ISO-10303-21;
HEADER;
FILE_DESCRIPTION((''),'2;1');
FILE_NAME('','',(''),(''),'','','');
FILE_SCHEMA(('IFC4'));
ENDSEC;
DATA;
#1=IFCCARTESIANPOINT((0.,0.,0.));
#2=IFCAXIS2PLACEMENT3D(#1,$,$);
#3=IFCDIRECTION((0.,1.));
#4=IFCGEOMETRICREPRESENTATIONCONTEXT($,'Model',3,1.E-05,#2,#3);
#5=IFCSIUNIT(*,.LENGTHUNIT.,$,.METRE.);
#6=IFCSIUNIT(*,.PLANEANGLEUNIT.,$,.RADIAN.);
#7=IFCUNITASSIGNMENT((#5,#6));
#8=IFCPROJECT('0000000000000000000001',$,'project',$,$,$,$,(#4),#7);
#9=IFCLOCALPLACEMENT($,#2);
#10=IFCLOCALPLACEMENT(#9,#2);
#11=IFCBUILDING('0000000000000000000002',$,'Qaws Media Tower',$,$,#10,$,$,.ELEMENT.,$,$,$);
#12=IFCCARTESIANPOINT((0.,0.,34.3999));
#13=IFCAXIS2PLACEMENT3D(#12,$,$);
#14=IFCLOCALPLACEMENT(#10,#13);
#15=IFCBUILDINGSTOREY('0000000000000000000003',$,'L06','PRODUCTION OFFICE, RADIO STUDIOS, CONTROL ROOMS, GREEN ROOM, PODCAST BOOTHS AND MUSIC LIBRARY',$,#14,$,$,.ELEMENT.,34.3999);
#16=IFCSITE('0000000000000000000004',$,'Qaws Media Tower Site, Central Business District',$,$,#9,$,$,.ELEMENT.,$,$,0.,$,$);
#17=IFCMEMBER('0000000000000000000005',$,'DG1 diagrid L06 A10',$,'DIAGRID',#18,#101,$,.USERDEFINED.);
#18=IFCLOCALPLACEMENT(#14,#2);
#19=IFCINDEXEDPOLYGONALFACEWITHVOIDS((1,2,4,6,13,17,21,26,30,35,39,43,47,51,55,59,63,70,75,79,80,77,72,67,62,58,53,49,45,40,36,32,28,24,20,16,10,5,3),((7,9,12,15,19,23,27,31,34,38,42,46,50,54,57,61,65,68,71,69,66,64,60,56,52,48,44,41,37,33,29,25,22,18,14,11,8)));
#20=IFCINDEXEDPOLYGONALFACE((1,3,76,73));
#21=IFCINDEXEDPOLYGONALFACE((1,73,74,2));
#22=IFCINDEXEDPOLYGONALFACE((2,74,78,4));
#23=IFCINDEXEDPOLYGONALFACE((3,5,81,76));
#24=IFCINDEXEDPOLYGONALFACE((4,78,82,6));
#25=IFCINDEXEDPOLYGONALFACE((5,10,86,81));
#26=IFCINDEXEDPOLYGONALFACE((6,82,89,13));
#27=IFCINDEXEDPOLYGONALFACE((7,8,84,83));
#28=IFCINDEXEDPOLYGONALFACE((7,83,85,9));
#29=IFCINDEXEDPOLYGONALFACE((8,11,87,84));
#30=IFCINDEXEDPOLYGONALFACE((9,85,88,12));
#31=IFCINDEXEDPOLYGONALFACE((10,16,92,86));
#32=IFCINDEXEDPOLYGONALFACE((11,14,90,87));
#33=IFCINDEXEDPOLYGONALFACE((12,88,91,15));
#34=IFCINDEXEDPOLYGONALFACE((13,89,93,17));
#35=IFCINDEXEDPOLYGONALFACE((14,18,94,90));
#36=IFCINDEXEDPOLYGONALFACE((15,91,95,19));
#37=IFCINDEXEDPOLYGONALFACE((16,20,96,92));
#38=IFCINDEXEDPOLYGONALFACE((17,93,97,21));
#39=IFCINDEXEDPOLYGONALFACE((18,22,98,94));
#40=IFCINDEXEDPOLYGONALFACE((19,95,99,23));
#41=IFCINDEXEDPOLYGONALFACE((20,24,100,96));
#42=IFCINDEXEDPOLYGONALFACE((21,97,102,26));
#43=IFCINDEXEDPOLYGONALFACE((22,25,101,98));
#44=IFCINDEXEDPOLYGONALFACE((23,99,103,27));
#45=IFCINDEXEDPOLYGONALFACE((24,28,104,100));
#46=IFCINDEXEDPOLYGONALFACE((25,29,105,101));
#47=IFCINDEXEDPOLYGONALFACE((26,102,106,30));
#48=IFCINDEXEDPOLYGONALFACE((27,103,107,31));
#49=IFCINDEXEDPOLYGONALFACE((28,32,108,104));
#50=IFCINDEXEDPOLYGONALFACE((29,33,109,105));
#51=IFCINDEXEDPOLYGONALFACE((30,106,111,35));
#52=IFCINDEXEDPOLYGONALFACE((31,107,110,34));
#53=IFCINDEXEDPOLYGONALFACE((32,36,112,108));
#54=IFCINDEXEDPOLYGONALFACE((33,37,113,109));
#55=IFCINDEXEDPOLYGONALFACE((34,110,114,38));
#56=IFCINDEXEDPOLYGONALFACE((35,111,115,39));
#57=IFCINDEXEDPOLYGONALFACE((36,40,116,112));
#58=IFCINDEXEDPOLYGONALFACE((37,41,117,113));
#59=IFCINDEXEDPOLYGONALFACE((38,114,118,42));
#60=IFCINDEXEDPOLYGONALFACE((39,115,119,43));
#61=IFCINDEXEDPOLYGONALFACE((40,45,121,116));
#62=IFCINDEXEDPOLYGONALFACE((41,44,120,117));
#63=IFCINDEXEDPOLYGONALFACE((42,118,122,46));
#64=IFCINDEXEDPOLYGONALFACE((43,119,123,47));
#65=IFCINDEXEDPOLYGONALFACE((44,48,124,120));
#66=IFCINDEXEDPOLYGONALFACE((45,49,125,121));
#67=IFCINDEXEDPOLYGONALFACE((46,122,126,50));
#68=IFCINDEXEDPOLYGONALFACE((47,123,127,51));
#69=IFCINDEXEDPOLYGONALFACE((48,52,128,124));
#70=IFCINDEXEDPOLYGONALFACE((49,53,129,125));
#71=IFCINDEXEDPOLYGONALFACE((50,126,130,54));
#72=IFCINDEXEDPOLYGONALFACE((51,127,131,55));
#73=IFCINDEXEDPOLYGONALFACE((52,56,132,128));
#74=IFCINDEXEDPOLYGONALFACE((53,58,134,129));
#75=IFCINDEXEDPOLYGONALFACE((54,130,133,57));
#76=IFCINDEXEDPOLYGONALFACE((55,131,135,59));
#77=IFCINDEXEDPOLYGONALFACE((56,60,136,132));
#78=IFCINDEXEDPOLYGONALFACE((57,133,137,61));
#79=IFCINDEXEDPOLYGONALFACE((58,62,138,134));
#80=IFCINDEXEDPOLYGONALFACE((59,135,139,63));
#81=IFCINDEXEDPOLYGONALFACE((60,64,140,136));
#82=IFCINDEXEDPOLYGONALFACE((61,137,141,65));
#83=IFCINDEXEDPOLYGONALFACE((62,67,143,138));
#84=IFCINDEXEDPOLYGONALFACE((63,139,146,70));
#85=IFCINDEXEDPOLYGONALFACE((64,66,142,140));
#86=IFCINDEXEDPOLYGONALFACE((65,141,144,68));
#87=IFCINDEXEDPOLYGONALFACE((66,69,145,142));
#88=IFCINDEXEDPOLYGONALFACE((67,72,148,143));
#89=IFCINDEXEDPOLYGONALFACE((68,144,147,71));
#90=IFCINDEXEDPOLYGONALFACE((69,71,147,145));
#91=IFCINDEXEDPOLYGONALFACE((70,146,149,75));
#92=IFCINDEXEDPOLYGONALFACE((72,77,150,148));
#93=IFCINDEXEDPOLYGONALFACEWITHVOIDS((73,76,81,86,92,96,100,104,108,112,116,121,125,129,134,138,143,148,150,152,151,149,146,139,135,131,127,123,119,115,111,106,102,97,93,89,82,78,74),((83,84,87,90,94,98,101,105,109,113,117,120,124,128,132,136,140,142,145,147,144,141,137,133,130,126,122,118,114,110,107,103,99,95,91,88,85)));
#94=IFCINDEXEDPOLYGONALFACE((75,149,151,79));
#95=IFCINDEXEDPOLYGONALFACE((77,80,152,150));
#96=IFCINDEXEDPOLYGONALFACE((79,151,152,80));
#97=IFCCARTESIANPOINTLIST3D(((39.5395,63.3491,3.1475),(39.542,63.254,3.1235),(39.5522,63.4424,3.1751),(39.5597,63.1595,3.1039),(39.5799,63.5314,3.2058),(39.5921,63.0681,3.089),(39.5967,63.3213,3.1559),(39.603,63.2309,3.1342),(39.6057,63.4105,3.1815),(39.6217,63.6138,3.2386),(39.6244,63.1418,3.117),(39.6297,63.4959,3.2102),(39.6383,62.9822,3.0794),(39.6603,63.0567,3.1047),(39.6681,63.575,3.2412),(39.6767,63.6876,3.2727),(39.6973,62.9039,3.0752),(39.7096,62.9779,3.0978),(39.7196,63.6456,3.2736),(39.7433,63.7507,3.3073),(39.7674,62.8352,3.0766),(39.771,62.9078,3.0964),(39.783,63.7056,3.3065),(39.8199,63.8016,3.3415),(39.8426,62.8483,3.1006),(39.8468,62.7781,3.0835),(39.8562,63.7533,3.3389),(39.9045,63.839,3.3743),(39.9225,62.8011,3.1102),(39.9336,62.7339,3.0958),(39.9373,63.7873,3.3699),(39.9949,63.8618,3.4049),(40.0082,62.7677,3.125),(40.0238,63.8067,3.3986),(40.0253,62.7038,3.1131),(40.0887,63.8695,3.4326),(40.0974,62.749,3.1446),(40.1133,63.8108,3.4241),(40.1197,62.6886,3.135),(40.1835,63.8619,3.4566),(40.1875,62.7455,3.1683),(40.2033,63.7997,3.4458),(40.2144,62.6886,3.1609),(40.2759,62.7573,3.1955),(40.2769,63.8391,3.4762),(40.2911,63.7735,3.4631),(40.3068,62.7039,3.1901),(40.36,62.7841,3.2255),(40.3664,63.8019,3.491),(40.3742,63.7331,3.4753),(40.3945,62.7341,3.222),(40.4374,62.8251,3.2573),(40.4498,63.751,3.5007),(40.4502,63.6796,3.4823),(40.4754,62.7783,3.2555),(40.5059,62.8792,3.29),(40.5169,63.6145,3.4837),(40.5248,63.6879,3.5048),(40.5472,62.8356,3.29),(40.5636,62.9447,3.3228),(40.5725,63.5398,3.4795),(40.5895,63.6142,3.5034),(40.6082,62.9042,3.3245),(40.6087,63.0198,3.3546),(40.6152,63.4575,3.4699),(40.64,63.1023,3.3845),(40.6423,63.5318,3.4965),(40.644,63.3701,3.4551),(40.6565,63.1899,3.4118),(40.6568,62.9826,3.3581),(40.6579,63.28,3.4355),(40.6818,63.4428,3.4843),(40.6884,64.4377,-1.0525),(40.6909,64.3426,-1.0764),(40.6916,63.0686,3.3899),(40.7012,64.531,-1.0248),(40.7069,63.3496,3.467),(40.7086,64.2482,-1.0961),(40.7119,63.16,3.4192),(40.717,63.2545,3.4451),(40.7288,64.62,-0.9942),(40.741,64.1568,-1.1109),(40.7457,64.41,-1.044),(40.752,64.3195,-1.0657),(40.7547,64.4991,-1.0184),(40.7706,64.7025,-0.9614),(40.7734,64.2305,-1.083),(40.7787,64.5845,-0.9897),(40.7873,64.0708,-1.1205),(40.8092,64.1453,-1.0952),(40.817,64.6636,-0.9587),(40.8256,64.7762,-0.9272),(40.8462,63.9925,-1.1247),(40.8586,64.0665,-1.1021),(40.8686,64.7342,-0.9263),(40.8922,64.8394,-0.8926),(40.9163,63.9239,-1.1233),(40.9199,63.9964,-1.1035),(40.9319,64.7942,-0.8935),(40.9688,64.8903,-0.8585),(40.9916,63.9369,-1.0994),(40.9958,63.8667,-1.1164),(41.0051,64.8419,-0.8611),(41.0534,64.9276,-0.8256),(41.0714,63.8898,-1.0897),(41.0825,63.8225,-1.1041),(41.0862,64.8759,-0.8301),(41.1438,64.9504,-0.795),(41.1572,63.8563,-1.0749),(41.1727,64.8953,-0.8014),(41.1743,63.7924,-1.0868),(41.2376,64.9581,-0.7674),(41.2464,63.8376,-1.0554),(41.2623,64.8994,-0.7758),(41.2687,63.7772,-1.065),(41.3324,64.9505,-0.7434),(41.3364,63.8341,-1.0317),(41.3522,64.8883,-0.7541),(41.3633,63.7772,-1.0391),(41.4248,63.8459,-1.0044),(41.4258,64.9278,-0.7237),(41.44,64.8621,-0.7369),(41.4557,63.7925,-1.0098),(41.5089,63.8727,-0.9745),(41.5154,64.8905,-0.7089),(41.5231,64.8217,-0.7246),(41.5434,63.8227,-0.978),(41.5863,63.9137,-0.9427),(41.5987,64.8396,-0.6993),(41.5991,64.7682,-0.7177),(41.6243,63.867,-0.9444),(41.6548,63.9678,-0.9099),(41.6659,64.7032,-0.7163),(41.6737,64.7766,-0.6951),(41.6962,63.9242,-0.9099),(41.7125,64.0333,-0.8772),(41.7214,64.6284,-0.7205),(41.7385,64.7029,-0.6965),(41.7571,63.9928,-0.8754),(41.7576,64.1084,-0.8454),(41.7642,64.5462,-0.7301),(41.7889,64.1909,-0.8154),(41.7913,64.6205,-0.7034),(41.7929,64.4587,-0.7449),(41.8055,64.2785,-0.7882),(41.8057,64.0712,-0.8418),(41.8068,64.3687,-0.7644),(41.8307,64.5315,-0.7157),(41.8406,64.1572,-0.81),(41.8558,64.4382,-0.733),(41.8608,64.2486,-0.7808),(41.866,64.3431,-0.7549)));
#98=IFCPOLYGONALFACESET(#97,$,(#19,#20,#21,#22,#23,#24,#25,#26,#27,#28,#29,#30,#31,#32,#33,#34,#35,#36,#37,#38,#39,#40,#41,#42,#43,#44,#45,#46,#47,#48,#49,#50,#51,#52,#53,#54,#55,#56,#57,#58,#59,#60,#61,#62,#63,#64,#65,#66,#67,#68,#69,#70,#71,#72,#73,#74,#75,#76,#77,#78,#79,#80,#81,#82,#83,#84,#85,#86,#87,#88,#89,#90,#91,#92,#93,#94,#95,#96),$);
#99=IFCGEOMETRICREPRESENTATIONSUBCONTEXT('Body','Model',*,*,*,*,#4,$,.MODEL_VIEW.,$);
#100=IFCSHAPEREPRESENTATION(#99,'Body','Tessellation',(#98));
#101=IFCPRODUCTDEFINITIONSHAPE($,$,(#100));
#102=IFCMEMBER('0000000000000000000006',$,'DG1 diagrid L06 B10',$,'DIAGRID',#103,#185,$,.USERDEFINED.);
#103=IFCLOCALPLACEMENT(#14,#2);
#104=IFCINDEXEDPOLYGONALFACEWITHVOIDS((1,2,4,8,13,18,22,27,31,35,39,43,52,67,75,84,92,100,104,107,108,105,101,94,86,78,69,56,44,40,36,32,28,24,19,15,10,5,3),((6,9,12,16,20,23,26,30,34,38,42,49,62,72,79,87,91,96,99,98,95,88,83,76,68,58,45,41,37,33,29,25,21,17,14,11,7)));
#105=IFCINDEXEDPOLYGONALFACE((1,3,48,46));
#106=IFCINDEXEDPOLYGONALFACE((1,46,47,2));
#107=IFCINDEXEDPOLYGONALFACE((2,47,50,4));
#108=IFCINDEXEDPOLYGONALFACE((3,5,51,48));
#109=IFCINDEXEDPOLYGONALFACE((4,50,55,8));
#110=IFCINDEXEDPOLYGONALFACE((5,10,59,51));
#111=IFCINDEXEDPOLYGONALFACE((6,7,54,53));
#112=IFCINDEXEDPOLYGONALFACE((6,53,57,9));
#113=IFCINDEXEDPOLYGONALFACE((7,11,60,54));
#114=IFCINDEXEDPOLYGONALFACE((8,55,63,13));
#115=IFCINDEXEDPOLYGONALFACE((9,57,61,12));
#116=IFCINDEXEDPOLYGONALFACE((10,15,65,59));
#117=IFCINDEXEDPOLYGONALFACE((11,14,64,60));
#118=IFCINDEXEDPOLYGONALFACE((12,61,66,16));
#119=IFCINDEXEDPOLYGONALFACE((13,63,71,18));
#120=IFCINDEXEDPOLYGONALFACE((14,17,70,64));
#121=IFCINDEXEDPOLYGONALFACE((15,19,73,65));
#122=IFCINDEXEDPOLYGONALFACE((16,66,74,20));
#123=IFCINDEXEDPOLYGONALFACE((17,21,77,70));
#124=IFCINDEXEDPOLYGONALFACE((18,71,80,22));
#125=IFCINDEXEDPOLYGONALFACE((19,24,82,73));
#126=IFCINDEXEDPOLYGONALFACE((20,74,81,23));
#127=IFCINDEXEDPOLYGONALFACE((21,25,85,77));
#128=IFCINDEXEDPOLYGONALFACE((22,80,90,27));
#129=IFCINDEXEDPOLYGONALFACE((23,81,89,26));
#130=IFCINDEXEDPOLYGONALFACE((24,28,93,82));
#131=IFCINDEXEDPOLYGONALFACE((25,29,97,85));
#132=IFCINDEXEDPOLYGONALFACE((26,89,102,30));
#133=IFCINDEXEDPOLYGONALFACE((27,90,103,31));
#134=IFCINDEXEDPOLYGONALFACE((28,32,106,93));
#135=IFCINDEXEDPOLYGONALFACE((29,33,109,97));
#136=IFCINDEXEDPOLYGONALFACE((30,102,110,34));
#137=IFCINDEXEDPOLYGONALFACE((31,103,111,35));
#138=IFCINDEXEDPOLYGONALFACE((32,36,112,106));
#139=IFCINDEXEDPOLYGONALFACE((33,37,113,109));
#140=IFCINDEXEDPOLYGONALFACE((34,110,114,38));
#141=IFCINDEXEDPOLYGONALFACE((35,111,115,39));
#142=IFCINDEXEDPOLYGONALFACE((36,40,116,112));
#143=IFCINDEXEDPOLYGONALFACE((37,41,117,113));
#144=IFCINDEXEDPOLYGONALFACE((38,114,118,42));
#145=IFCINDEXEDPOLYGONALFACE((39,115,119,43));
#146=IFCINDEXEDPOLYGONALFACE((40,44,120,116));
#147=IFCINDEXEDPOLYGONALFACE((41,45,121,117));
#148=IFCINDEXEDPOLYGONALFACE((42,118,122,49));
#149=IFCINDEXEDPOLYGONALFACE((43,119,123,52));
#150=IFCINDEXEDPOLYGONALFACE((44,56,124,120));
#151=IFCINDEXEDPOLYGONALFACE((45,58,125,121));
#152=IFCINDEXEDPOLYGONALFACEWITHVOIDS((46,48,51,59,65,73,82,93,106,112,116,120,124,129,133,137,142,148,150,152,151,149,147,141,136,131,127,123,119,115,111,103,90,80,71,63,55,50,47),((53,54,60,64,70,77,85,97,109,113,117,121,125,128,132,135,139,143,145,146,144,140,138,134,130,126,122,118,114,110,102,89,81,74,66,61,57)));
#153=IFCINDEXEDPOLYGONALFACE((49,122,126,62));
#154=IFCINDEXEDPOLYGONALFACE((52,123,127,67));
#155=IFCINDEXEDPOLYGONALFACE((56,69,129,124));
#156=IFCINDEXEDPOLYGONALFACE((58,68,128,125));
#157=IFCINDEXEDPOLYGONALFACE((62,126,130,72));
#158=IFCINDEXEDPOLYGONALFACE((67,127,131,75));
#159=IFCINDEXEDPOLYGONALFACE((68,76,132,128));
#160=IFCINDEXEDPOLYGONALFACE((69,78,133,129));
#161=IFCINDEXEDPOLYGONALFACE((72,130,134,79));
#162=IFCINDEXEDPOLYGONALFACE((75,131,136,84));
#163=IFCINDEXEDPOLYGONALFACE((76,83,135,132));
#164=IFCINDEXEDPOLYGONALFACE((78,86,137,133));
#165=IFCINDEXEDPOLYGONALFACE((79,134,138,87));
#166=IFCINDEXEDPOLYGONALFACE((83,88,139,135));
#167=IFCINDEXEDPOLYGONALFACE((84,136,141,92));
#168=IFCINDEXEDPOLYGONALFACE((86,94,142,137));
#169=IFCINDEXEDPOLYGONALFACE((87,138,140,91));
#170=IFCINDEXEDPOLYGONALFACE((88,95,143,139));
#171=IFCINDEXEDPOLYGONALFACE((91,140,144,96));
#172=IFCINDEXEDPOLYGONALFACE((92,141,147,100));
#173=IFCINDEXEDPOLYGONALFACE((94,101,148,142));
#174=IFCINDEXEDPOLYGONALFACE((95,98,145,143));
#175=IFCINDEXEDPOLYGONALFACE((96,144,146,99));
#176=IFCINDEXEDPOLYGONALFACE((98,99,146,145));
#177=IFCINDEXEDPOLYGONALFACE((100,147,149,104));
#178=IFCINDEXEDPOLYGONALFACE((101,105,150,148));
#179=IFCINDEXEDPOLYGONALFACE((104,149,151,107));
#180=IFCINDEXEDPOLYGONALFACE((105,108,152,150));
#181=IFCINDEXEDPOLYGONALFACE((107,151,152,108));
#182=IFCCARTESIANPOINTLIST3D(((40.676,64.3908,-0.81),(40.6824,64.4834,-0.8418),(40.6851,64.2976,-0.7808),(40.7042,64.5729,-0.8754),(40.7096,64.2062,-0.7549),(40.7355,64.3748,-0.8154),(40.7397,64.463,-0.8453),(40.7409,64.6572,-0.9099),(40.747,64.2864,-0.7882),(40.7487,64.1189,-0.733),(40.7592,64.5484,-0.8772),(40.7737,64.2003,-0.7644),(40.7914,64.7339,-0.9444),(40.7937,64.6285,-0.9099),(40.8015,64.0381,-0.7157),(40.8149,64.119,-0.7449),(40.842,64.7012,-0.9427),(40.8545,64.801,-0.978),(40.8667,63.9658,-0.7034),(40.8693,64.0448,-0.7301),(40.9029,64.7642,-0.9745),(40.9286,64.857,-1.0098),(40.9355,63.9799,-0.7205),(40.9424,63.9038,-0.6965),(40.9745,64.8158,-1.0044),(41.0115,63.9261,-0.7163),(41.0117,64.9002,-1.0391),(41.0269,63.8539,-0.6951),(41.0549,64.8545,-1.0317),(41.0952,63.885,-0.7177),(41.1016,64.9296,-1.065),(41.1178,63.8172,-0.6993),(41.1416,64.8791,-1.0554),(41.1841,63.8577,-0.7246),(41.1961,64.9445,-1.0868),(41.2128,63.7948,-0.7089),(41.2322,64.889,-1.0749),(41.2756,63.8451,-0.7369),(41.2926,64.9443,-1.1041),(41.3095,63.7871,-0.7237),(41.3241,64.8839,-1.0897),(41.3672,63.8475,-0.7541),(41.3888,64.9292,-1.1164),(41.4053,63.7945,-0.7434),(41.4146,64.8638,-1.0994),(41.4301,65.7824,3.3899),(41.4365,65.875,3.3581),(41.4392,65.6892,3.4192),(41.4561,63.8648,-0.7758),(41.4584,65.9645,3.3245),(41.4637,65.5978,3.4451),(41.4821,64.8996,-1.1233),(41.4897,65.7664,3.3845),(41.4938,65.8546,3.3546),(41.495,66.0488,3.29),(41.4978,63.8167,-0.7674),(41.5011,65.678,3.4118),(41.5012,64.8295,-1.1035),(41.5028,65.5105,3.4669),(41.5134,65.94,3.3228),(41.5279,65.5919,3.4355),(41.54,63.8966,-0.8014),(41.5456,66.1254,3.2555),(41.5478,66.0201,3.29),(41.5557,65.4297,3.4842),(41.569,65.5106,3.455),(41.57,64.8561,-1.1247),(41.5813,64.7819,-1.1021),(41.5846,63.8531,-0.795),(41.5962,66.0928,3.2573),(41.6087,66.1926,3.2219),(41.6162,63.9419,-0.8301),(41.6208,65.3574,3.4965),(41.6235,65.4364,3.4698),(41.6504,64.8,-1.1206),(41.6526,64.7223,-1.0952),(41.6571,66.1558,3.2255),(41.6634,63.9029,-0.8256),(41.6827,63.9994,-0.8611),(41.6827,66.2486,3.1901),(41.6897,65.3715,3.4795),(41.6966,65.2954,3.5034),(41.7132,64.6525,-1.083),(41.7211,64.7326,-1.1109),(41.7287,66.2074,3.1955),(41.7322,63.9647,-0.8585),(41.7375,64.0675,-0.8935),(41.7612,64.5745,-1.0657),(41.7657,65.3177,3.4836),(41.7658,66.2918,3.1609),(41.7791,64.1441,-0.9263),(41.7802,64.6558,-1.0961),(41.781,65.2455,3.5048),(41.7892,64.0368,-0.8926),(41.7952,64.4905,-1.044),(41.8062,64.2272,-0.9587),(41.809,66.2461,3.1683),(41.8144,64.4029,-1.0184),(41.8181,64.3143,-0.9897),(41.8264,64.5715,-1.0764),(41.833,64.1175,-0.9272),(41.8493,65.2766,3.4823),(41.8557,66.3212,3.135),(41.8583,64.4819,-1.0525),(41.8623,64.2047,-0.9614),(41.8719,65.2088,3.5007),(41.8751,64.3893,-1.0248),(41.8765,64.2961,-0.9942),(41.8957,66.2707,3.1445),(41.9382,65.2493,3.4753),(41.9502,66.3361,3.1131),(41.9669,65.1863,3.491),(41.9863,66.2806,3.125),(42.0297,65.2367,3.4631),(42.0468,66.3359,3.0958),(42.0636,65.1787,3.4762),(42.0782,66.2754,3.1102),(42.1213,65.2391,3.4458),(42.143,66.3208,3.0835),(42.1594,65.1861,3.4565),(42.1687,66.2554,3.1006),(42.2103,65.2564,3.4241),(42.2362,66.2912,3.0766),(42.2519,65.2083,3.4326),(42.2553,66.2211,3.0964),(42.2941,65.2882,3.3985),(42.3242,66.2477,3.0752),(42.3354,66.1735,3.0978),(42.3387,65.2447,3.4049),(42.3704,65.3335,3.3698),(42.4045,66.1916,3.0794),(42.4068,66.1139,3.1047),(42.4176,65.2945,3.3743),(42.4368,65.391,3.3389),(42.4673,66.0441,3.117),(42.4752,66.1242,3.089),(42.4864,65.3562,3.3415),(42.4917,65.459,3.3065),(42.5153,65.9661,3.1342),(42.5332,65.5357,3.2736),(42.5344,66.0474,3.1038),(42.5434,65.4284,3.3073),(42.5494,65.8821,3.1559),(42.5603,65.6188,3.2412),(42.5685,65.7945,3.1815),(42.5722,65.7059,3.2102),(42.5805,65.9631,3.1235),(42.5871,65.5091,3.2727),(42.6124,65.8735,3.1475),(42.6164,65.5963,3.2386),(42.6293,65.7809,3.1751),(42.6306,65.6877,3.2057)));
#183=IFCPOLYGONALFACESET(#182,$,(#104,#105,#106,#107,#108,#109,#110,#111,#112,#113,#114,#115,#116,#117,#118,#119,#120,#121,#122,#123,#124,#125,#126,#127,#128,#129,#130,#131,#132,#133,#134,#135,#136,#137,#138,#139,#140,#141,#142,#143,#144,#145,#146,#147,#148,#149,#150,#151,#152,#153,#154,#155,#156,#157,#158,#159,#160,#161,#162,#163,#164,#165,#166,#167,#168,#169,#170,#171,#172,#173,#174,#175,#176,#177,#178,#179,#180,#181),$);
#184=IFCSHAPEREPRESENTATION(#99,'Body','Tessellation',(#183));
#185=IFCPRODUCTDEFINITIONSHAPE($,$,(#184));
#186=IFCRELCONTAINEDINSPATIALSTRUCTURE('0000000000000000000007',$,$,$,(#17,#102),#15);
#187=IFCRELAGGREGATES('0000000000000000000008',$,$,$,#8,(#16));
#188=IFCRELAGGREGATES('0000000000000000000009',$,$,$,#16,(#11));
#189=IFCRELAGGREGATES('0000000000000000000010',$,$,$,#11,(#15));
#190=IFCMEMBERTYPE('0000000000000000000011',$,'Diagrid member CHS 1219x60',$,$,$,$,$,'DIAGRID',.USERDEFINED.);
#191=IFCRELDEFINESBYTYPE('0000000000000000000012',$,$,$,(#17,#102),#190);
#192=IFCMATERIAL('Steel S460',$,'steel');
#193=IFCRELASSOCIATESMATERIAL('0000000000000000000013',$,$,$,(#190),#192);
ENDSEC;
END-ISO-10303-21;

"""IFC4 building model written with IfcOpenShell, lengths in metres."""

from ifc_helpers import new_model, si_unit, direction, frame, origin, origin_2d, place, context, subcontext, project, spatial, hollow_circle, extrude, material, material_profile, profile_set, type_object, element, save


model = new_model("IFC4")

# Units and contexts
model_context = context("Model", 3, precision=1e-05, world=origin(), true_north=direction((0.0, 1.0)))
body_context = subcontext(model_context, "Body", "Model", "MODEL_VIEW")
ifc_project = project(units=[si_unit("LENGTHUNIT", "METRE"), si_unit("PLANEANGLEUNIT", "RADIAN")], contexts=[model_context])

# Site, building, storey
site_placement = place(None, origin())
site = spatial("IfcSite", under=ifc_project, at=site_placement, Name="Qaws Media Tower Site, Central Business District", CompositionType="ELEMENT", RefElevation=0.0)
building_placement = place(site_placement, origin())
building = spatial("IfcBuilding", under=site, at=building_placement, Name="Qaws Media Tower", CompositionType="ELEMENT")
storey_placement = place(building_placement, frame((0.0, 0.0, 34.3999)))
storey = spatial("IfcBuildingStorey", under=building, at=storey_placement, Name="L06", Description="PRODUCTION OFFICE, RADIO STUDIOS, CONTROL ROOMS, GREEN ROOM, PODCAST BOOTHS AND MUSIC LIBRARY", CompositionType="ELEMENT", Elevation=34.3999)

# Members
ifc_material_1 = material(Name="Steel S460", Category="steel")
ifc_material_profile_1 = material_profile(ifc_material_1, hollow_circle(Radius=0.6096, WallThickness=0.0601, at=origin_2d()), Name="CHS 1219x60")
ifc_profile_set_1 = profile_set([ifc_material_profile_1], Name="Steel S460")
member_type_1 = type_object("IfcMemberType", Name="Diagrid member CHS 1219x60", ElementType="DIAGRID", PredefinedType="USERDEFINED", material=ifc_profile_set_1)
for number, where, z_axis, x_axis, name in (
    (1, (41.2769, 64.3667, -0.9099), (-0.255983, -0.242548, 0.935758), (0.6878, -0.7259, 0.0), "DG1 diagrid L06 A10"),
    (2, (41.2769, 64.3667, -0.9099), (0.168026, 0.310051, 0.935754), (-0.879195, 0.476462, 0.0), "DG1 diagrid L06 B10"),
):
    element("IfcMember", number, at=place(storey_placement, frame(where, z_axis=z_axis, x_axis=x_axis)), inside=storey, type_object=member_type_1, Name=name, ObjectType="DIAGRID", PredefinedType="USERDEFINED", context=body_context, shape_type="SweptSolid", body=[
        extrude(hollow_circle(Radius=0.6096, WallThickness=0.0601, at=origin_2d()), origin(), (0.0, 0.0, 1.0), 4.4883),
    ])

save(model, "model.ifc")
